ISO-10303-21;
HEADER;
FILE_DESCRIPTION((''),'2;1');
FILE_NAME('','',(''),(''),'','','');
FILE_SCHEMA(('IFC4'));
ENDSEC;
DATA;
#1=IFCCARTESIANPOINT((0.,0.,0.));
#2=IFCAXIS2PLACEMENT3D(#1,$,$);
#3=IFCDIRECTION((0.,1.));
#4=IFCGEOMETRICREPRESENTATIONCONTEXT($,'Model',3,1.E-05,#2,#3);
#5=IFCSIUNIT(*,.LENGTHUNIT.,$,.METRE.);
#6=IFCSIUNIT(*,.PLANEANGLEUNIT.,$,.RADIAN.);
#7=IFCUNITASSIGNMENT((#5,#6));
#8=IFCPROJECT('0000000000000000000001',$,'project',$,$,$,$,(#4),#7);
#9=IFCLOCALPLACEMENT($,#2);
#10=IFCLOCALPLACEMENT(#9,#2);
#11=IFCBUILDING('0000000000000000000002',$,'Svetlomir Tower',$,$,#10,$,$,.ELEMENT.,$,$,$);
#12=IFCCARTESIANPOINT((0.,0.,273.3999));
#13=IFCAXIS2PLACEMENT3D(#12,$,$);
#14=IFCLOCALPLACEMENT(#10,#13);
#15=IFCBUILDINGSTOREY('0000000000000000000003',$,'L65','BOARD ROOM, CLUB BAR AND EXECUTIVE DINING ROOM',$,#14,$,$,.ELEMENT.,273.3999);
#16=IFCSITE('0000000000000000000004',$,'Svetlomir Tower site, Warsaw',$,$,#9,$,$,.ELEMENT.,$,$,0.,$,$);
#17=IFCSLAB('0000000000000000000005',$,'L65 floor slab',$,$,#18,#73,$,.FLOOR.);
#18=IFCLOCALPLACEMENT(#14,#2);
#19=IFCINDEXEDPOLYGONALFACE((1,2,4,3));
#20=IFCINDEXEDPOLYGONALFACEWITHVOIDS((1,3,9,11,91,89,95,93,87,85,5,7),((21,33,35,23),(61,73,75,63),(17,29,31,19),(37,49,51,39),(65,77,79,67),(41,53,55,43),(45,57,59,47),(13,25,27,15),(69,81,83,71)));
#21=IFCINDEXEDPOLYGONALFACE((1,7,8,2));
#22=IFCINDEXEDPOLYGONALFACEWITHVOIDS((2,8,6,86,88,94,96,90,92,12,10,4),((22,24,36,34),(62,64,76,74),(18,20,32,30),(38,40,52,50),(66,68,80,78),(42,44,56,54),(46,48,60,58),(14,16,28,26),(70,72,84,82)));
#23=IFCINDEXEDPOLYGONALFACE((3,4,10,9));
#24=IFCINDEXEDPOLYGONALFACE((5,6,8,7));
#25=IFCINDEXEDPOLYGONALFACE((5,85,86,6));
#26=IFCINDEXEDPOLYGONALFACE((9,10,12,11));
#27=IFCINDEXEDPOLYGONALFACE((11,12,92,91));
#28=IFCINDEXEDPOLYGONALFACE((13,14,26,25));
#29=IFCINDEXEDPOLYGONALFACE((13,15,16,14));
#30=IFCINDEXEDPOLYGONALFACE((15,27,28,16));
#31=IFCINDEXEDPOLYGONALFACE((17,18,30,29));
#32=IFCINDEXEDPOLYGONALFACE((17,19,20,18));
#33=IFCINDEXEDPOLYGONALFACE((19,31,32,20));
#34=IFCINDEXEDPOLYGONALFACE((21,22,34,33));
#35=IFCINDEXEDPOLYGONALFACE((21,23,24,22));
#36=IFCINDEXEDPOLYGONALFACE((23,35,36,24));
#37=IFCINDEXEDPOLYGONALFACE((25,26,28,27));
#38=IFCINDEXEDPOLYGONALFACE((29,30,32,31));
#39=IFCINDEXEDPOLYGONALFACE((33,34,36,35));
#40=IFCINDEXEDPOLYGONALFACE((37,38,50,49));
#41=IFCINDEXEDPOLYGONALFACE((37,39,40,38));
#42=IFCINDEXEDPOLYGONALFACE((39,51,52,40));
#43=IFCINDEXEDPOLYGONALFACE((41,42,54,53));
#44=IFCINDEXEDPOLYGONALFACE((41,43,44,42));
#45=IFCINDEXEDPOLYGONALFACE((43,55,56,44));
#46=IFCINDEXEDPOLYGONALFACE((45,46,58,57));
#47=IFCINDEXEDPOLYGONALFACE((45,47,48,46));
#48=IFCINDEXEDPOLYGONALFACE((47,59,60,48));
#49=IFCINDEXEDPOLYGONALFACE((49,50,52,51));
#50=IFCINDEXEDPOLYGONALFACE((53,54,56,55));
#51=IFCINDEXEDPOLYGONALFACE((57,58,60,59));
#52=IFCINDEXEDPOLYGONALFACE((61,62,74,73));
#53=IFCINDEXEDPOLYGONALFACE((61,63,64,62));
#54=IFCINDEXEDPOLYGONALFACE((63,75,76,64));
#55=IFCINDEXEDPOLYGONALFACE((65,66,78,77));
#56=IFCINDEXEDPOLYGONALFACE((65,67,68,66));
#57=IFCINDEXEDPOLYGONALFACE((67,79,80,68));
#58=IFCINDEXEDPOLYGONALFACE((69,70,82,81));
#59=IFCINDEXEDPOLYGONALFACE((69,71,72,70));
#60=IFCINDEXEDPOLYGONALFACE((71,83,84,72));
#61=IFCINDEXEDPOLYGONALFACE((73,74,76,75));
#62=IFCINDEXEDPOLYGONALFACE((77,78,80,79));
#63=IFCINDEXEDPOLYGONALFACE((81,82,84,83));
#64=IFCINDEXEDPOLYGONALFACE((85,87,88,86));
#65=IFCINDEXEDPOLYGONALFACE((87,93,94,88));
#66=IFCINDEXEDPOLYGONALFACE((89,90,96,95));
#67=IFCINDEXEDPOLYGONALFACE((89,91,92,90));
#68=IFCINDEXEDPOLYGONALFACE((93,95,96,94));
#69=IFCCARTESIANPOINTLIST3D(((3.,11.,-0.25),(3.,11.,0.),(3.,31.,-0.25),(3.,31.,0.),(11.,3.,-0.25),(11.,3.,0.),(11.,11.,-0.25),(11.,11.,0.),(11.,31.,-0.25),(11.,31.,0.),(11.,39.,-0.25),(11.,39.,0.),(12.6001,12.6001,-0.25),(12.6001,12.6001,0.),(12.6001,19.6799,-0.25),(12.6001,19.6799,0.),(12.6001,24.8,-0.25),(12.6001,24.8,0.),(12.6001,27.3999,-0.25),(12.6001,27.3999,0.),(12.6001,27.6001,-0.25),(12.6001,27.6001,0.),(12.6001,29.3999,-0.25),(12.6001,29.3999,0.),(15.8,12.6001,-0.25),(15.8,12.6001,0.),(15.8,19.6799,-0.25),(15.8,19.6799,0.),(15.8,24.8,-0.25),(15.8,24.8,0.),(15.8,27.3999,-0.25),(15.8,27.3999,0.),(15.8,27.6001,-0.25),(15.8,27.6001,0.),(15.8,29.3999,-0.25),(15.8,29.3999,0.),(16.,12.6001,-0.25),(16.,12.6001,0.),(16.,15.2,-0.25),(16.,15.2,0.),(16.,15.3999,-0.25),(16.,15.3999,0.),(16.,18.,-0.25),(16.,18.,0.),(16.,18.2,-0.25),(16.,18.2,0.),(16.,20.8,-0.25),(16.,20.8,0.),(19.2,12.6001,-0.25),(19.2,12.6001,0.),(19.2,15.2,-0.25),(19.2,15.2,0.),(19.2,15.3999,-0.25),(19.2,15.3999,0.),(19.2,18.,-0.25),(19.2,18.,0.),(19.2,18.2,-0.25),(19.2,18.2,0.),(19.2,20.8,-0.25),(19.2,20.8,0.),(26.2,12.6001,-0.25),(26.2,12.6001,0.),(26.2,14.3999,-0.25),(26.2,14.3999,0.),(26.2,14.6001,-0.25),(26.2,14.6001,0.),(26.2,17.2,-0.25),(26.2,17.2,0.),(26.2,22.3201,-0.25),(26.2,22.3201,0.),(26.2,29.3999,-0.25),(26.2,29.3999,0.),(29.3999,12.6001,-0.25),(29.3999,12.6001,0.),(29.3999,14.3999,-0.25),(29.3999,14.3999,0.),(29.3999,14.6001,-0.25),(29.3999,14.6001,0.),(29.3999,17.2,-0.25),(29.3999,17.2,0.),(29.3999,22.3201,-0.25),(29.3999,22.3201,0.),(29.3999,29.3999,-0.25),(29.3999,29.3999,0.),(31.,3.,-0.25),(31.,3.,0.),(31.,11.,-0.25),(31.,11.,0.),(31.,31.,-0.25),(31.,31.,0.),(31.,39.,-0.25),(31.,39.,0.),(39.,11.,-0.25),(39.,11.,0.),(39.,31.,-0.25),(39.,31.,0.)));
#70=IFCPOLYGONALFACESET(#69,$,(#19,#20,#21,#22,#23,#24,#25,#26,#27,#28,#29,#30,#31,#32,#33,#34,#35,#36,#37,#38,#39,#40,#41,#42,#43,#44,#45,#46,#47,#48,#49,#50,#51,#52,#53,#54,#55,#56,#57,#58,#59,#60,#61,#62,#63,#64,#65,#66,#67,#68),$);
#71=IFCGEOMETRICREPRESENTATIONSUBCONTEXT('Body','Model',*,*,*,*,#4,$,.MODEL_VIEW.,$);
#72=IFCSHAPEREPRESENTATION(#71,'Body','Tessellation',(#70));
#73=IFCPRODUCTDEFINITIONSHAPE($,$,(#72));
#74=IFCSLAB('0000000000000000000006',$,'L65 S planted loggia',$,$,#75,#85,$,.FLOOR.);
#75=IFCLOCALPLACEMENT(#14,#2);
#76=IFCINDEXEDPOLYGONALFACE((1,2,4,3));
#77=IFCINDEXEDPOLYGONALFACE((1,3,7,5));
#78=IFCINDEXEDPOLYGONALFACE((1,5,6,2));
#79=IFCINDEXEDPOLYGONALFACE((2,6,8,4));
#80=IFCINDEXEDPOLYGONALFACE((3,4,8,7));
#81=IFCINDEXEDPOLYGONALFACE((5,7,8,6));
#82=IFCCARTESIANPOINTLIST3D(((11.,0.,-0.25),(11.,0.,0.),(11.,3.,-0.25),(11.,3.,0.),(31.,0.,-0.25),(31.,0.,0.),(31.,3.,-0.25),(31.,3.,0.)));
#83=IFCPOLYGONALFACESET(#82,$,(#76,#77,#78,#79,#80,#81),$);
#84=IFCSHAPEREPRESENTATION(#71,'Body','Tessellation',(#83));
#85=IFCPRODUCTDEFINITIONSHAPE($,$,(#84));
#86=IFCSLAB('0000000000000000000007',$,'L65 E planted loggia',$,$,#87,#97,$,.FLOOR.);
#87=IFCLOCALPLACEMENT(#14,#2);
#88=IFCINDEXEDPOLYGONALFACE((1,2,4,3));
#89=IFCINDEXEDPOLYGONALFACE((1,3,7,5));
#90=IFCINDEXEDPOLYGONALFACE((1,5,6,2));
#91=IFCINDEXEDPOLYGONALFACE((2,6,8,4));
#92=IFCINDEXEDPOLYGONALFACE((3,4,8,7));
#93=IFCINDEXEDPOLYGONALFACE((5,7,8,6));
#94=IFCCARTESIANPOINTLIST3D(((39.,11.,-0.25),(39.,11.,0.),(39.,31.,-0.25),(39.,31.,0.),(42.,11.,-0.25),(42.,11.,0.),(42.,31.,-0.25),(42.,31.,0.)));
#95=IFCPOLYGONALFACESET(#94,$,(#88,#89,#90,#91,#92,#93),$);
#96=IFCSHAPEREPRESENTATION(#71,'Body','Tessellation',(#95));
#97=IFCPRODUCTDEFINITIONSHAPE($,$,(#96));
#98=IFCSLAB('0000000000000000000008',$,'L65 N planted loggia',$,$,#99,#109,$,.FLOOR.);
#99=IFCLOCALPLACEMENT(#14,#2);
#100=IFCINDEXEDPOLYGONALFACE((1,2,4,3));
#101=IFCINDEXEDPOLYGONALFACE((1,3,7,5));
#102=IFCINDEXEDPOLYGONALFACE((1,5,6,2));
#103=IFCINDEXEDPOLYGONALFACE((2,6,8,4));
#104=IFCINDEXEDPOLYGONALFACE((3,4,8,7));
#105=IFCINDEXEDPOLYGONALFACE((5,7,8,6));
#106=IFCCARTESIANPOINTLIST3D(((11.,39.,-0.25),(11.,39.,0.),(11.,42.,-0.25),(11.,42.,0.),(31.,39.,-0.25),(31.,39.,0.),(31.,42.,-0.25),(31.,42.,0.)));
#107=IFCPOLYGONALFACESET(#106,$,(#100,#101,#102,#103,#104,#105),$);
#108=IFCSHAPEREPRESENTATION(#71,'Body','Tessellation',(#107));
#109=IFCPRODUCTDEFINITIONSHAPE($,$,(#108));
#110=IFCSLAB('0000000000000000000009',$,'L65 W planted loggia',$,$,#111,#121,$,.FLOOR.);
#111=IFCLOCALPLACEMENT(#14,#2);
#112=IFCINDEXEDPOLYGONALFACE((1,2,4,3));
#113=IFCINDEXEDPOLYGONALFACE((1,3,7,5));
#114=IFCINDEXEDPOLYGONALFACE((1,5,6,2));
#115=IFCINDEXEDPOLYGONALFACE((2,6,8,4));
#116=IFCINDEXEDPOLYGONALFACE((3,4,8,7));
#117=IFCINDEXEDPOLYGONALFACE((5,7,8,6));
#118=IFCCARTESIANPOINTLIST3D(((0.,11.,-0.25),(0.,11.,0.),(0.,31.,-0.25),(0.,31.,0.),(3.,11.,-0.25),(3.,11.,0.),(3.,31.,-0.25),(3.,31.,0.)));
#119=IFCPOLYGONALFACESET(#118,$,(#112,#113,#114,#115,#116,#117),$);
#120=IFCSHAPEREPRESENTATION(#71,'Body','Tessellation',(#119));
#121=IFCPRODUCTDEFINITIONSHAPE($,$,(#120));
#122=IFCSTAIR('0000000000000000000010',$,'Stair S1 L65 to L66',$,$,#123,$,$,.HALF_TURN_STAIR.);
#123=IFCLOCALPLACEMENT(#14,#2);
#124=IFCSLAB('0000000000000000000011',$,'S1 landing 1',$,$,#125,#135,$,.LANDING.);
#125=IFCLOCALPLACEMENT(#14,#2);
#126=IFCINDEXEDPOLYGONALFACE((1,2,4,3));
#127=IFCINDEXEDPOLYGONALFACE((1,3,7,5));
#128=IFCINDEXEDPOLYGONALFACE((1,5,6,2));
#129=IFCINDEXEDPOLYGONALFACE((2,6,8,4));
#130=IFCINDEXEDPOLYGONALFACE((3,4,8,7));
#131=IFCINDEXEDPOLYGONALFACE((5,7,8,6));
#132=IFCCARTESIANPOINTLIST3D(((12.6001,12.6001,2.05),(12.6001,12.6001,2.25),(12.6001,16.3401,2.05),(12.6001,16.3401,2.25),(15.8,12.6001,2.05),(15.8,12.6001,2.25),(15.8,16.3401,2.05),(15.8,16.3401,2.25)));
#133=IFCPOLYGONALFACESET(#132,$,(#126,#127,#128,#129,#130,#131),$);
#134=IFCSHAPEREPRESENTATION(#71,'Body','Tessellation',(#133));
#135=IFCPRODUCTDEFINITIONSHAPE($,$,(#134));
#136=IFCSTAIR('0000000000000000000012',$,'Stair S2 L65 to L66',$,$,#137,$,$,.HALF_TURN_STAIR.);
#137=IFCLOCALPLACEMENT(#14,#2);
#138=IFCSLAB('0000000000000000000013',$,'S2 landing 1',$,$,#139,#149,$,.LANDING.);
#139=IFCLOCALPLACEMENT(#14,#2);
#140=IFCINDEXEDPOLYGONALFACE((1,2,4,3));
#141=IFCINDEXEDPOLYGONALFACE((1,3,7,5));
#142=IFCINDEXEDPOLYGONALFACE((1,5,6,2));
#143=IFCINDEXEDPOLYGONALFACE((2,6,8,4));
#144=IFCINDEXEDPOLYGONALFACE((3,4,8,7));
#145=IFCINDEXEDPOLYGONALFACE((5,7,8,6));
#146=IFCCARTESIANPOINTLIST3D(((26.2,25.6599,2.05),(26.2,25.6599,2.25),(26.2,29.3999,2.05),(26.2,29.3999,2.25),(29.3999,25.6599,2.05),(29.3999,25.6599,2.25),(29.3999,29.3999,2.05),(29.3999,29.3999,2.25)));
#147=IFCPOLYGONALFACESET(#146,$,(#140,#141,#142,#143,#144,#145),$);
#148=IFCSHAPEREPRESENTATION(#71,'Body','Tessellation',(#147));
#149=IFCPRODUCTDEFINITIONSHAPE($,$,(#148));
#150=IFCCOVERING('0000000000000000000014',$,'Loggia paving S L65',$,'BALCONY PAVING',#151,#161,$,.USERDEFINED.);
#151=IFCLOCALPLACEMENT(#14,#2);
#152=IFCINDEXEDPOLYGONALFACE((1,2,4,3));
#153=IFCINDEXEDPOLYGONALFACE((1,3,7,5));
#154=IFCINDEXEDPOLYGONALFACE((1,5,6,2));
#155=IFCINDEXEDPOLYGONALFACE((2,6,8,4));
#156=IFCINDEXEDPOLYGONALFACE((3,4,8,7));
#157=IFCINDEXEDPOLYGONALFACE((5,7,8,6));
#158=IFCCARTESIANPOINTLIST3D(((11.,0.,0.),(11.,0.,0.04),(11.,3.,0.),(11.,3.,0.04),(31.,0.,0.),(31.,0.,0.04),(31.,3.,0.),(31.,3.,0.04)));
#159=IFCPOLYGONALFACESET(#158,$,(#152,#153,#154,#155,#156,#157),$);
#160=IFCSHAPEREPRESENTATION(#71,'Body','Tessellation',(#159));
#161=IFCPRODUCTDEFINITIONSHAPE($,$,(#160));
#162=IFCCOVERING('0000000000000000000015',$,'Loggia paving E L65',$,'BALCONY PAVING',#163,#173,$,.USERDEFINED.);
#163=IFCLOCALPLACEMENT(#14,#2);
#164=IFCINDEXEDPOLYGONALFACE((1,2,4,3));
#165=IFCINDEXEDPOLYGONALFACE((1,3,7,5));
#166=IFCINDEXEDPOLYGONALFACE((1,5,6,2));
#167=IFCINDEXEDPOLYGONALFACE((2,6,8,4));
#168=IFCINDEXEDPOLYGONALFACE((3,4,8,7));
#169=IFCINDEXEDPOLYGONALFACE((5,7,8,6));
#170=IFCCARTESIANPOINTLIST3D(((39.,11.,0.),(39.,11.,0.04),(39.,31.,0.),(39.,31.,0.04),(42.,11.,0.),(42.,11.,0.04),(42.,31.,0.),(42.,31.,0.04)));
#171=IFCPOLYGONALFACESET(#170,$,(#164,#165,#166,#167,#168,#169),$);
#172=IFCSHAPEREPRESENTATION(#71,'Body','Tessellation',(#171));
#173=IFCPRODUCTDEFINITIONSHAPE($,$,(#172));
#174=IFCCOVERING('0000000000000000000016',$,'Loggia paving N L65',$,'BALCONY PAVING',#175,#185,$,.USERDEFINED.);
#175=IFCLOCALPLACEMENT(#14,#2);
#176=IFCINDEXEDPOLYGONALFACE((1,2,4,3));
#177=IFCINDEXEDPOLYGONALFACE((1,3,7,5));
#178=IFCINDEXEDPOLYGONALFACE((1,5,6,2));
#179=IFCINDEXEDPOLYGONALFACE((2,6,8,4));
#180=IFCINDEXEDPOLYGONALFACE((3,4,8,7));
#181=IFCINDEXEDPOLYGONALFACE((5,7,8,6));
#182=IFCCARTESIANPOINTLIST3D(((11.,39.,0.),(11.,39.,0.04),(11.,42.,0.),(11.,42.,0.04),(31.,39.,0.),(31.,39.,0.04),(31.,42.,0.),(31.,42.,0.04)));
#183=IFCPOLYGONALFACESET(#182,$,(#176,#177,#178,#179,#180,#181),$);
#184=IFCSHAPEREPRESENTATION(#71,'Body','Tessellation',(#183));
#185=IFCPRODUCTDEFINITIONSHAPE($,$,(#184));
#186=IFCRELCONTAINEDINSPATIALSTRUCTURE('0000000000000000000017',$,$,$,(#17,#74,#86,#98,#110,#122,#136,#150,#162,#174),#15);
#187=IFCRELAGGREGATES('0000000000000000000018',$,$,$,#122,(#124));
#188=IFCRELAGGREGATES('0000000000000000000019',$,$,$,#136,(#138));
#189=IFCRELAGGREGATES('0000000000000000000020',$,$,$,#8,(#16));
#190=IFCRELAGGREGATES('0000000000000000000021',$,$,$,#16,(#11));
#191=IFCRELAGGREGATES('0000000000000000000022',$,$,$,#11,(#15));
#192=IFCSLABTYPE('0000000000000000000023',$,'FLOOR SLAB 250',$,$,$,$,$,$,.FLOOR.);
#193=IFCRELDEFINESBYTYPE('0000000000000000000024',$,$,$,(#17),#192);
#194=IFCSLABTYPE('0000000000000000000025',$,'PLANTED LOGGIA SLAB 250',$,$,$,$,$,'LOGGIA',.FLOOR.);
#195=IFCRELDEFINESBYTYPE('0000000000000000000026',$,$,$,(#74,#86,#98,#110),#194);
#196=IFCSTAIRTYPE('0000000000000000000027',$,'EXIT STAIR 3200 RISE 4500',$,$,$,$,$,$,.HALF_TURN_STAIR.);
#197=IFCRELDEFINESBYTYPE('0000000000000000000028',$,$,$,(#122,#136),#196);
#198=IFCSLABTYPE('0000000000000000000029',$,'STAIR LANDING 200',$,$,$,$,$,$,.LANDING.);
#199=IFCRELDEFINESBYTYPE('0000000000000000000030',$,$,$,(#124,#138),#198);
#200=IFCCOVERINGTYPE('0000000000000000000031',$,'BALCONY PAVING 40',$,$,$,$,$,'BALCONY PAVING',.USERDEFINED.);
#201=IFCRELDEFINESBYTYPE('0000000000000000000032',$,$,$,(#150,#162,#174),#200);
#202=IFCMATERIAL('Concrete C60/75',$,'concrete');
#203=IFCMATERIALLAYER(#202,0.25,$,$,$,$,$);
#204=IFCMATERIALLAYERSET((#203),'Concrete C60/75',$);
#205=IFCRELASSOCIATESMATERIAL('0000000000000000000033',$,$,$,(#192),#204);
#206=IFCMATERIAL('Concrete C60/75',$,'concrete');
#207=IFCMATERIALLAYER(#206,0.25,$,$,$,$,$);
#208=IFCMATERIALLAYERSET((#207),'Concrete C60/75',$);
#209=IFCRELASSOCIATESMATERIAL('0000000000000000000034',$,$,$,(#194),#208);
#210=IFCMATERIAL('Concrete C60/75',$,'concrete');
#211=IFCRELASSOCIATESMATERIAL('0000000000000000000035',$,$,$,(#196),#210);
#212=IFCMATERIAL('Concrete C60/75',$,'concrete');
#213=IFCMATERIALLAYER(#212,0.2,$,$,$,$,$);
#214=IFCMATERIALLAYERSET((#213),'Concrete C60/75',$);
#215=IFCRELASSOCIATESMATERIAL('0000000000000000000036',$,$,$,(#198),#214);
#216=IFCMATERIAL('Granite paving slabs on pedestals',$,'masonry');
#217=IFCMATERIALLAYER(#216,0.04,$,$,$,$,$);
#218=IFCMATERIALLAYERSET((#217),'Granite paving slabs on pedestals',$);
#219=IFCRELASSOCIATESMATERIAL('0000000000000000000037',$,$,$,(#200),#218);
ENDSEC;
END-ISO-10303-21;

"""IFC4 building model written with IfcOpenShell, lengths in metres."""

from ifc_helpers import new_model, si_unit, direction, frame, origin, place, context, subcontext, project, spatial, polyline, outline, extrude, material, layer, layer_set, type_object, element, aggregate, save


model = new_model("IFC4")

# Units and contexts
model_context = context("Model", 3, precision=1e-05, world=origin(), true_north=direction((0.0, 1.0)))
body_context = subcontext(model_context, "Body", "Model", "MODEL_VIEW")
ifc_project = project(units=[si_unit("LENGTHUNIT", "METRE"), si_unit("PLANEANGLEUNIT", "RADIAN")], contexts=[model_context])

# Site, building, storey
site_placement = place(None, origin())
site = spatial("IfcSite", under=ifc_project, at=site_placement, Name="Svetlomir Tower site, Warsaw", CompositionType="ELEMENT", RefElevation=0.0)
building_placement = place(site_placement, origin())
building = spatial("IfcBuilding", under=site, at=building_placement, Name="Svetlomir Tower", CompositionType="ELEMENT")
storey_placement = place(building_placement, frame((0.0, 0.0, 273.3999)))
storey = spatial("IfcBuildingStorey", under=building, at=storey_placement, Name="L65", Description="BOARD ROOM, CLUB BAR AND EXECUTIVE DINING ROOM", CompositionType="ELEMENT", Elevation=273.3999)

# Slabs
ifc_material_1 = material(Name="Concrete C60/75", Category="concrete")
ifc_layer_1 = layer(ifc_material_1, 0.25)
ifc_layer_set_1 = layer_set([ifc_layer_1], Name="Concrete C60/75")
slab_type_1 = type_object("IfcSlabType", Name="FLOOR SLAB 250", PredefinedType="FLOOR", material=ifc_layer_set_1)
slab_1_placement = place(storey_placement, frame((0.0, 0.0, -0.25)))
element("IfcSlab", 1, at=slab_1_placement, inside=storey, type_object=slab_type_1, Name="L65 floor slab", PredefinedType="FLOOR", context=body_context, shape_type="SweptSolid", body=[
    extrude(outline(polyline([(11.0, 3.0), (31.0, 3.0), (31.0, 11.0), (39.0, 11.0), (39.0, 31.0), (31.0, 31.0), (31.0, 39.0), (11.0, 39.0), (11.0, 31.0), (3.0, 31.0), (3.0, 11.0), (11.0, 11.0), (11.0, 3.0)]), holes=[polyline([(12.6001, 24.8), (15.8, 24.8), (15.8, 27.3999), (12.6001, 27.3999), (12.6001, 24.8)]), polyline([(26.2, 14.6001), (29.3999, 14.6001), (29.3999, 17.2), (26.2, 17.2), (26.2, 14.6001)]), polyline([(16.0, 12.6001), (19.2, 12.6001), (19.2, 15.2), (16.0, 15.2), (16.0, 12.6001)]), polyline([(16.0, 15.3999), (19.2, 15.3999), (19.2, 18.0), (16.0, 18.0), (16.0, 15.3999)]), polyline([(16.0, 18.2), (19.2, 18.2), (19.2, 20.8), (16.0, 20.8), (16.0, 18.2)]), polyline([(12.6001, 27.6001), (15.8, 27.6001), (15.8, 29.3999), (12.6001, 29.3999), (12.6001, 27.6001)]), polyline([(26.2, 12.6001), (29.3999, 12.6001), (29.3999, 14.3999), (26.2, 14.3999), (26.2, 12.6001)]), polyline([(12.6001, 12.6001), (15.8, 12.6001), (15.8, 19.6799), (12.6001, 19.6799), (12.6001, 12.6001)]), polyline([(26.2, 22.3201), (29.3999, 22.3201), (29.3999, 29.3999), (26.2, 29.3999), (26.2, 22.3201)])]), origin(), (0.0, 0.0, 1.0), 0.25),
])
ifc_material_2 = material(Name="Concrete C60/75", Category="concrete")
ifc_layer_2 = layer(ifc_material_2, 0.25)
ifc_layer_set_2 = layer_set([ifc_layer_2], Name="Concrete C60/75")
slab_type_2 = type_object("IfcSlabType", Name="PLANTED LOGGIA SLAB 250", ElementType="LOGGIA", PredefinedType="FLOOR", material=ifc_layer_set_2)
slab_2_placement = place(storey_placement, frame((0.0, 0.0, -0.25)))
element("IfcSlab", 2, at=slab_2_placement, inside=storey, type_object=slab_type_2, Name="L65 S planted loggia", PredefinedType="FLOOR", context=body_context, shape_type="SweptSolid", body=[
    extrude(outline(polyline([(11.0, 0.0), (31.0, 0.0), (31.0, 3.0), (11.0, 3.0), (11.0, 0.0)])), origin(), (0.0, 0.0, 1.0), 0.25),
])
slab_3_placement = place(storey_placement, frame((0.0, 0.0, -0.25)))
element("IfcSlab", 3, at=slab_3_placement, inside=storey, type_object=slab_type_2, Name="L65 E planted loggia", PredefinedType="FLOOR", context=body_context, shape_type="SweptSolid", body=[
    extrude(outline(polyline([(39.0, 11.0), (42.0, 11.0), (42.0, 31.0), (39.0, 31.0), (39.0, 11.0)])), origin(), (0.0, 0.0, 1.0), 0.25),
])
slab_4_placement = place(storey_placement, frame((0.0, 0.0, -0.25)))
element("IfcSlab", 4, at=slab_4_placement, inside=storey, type_object=slab_type_2, Name="L65 N planted loggia", PredefinedType="FLOOR", context=body_context, shape_type="SweptSolid", body=[
    extrude(outline(polyline([(11.0, 39.0), (31.0, 39.0), (31.0, 42.0), (11.0, 42.0), (11.0, 39.0)])), origin(), (0.0, 0.0, 1.0), 0.25),
])
slab_5_placement = place(storey_placement, frame((0.0, 0.0, -0.25)))
element("IfcSlab", 5, at=slab_5_placement, inside=storey, type_object=slab_type_2, Name="L65 W planted loggia", PredefinedType="FLOOR", context=body_context, shape_type="SweptSolid", body=[
    extrude(outline(polyline([(0.0, 11.0), (3.0, 11.0), (3.0, 31.0), (0.0, 31.0), (0.0, 11.0)])), origin(), (0.0, 0.0, 1.0), 0.25),
])

# Stairs, slabs
ifc_material_3 = material(Name="Concrete C60/75", Category="concrete")
stair_type = type_object("IfcStairType", Name="EXIT STAIR 3200 RISE 4500", PredefinedType="HALF_TURN_STAIR", material=ifc_material_3)
stair_1_placement = place(storey_placement, origin())
stair_1 = element("IfcStair", 6, at=stair_1_placement, inside=storey, type_object=stair_type, Name="Stair S1 L65 to L66", PredefinedType="HALF_TURN_STAIR")
ifc_material_4 = material(Name="Concrete C60/75", Category="concrete")
ifc_layer_3 = layer(ifc_material_4, 0.2)
ifc_layer_set_3 = layer_set([ifc_layer_3], Name="Concrete C60/75")
slab_type_3 = type_object("IfcSlabType", Name="STAIR LANDING 200", PredefinedType="LANDING", material=ifc_layer_set_3)
slab_6_placement = place(storey_placement, frame((0.0, 0.0, 2.05)))
slab_6 = element("IfcSlab", 7, at=slab_6_placement, type_object=slab_type_3, Name="S1 landing 1", PredefinedType="LANDING", context=body_context, shape_type="SweptSolid", body=[
    extrude(outline(polyline([(12.6001, 12.6001), (15.8, 12.6001), (15.8, 16.3401), (12.6001, 16.3401), (12.6001, 12.6001)])), origin(), (0.0, 0.0, 1.0), 0.2),
])
aggregate(stair_1, [slab_6])
stair_2_placement = place(storey_placement, origin())
stair_2 = element("IfcStair", 8, at=stair_2_placement, inside=storey, type_object=stair_type, Name="Stair S2 L65 to L66", PredefinedType="HALF_TURN_STAIR")
slab_7_placement = place(storey_placement, frame((0.0, 0.0, 2.05)))
slab_7 = element("IfcSlab", 9, at=slab_7_placement, type_object=slab_type_3, Name="S2 landing 1", PredefinedType="LANDING", context=body_context, shape_type="SweptSolid", body=[
    extrude(outline(polyline([(26.2, 25.6599), (29.3999, 25.6599), (29.3999, 29.3999), (26.2, 29.3999), (26.2, 25.6599)])), origin(), (0.0, 0.0, 1.0), 0.2),
])
aggregate(stair_2, [slab_7])

# Coverings
ifc_material_5 = material(Name="Granite paving slabs on pedestals", Category="masonry")
ifc_layer_4 = layer(ifc_material_5, 0.04)
ifc_layer_set_4 = layer_set([ifc_layer_4], Name="Granite paving slabs on pedestals")
covering_type_1 = type_object("IfcCoveringType", Name="BALCONY PAVING 40", ElementType="BALCONY PAVING", PredefinedType="USERDEFINED", material=ifc_layer_set_4)
covering_1_placement = place(storey_placement, origin())
element("IfcCovering", 10, at=covering_1_placement, inside=storey, type_object=covering_type_1, Name="Loggia paving S L65", ObjectType="BALCONY PAVING", PredefinedType="USERDEFINED", context=body_context, shape_type="SweptSolid", body=[
    extrude(outline(polyline([(11.0, 0.0), (31.0, 0.0), (31.0, 3.0), (11.0, 3.0), (11.0, 0.0)])), origin(), (0.0, 0.0, 1.0), 0.04),
])
covering_2_placement = place(storey_placement, origin())
element("IfcCovering", 11, at=covering_2_placement, inside=storey, type_object=covering_type_1, Name="Loggia paving E L65", ObjectType="BALCONY PAVING", PredefinedType="USERDEFINED", context=body_context, shape_type="SweptSolid", body=[
    extrude(outline(polyline([(39.0, 11.0), (42.0, 11.0), (42.0, 31.0), (39.0, 31.0), (39.0, 11.0)])), origin(), (0.0, 0.0, 1.0), 0.04),
])
covering_3_placement = place(storey_placement, origin())
element("IfcCovering", 12, at=covering_3_placement, inside=storey, type_object=covering_type_1, Name="Loggia paving N L65", ObjectType="BALCONY PAVING", PredefinedType="USERDEFINED", context=body_context, shape_type="SweptSolid", body=[
    extrude(outline(polyline([(11.0, 39.0), (31.0, 39.0), (31.0, 42.0), (11.0, 42.0), (11.0, 39.0)])), origin(), (0.0, 0.0, 1.0), 0.04),
])

save(model, "model.ifc")
